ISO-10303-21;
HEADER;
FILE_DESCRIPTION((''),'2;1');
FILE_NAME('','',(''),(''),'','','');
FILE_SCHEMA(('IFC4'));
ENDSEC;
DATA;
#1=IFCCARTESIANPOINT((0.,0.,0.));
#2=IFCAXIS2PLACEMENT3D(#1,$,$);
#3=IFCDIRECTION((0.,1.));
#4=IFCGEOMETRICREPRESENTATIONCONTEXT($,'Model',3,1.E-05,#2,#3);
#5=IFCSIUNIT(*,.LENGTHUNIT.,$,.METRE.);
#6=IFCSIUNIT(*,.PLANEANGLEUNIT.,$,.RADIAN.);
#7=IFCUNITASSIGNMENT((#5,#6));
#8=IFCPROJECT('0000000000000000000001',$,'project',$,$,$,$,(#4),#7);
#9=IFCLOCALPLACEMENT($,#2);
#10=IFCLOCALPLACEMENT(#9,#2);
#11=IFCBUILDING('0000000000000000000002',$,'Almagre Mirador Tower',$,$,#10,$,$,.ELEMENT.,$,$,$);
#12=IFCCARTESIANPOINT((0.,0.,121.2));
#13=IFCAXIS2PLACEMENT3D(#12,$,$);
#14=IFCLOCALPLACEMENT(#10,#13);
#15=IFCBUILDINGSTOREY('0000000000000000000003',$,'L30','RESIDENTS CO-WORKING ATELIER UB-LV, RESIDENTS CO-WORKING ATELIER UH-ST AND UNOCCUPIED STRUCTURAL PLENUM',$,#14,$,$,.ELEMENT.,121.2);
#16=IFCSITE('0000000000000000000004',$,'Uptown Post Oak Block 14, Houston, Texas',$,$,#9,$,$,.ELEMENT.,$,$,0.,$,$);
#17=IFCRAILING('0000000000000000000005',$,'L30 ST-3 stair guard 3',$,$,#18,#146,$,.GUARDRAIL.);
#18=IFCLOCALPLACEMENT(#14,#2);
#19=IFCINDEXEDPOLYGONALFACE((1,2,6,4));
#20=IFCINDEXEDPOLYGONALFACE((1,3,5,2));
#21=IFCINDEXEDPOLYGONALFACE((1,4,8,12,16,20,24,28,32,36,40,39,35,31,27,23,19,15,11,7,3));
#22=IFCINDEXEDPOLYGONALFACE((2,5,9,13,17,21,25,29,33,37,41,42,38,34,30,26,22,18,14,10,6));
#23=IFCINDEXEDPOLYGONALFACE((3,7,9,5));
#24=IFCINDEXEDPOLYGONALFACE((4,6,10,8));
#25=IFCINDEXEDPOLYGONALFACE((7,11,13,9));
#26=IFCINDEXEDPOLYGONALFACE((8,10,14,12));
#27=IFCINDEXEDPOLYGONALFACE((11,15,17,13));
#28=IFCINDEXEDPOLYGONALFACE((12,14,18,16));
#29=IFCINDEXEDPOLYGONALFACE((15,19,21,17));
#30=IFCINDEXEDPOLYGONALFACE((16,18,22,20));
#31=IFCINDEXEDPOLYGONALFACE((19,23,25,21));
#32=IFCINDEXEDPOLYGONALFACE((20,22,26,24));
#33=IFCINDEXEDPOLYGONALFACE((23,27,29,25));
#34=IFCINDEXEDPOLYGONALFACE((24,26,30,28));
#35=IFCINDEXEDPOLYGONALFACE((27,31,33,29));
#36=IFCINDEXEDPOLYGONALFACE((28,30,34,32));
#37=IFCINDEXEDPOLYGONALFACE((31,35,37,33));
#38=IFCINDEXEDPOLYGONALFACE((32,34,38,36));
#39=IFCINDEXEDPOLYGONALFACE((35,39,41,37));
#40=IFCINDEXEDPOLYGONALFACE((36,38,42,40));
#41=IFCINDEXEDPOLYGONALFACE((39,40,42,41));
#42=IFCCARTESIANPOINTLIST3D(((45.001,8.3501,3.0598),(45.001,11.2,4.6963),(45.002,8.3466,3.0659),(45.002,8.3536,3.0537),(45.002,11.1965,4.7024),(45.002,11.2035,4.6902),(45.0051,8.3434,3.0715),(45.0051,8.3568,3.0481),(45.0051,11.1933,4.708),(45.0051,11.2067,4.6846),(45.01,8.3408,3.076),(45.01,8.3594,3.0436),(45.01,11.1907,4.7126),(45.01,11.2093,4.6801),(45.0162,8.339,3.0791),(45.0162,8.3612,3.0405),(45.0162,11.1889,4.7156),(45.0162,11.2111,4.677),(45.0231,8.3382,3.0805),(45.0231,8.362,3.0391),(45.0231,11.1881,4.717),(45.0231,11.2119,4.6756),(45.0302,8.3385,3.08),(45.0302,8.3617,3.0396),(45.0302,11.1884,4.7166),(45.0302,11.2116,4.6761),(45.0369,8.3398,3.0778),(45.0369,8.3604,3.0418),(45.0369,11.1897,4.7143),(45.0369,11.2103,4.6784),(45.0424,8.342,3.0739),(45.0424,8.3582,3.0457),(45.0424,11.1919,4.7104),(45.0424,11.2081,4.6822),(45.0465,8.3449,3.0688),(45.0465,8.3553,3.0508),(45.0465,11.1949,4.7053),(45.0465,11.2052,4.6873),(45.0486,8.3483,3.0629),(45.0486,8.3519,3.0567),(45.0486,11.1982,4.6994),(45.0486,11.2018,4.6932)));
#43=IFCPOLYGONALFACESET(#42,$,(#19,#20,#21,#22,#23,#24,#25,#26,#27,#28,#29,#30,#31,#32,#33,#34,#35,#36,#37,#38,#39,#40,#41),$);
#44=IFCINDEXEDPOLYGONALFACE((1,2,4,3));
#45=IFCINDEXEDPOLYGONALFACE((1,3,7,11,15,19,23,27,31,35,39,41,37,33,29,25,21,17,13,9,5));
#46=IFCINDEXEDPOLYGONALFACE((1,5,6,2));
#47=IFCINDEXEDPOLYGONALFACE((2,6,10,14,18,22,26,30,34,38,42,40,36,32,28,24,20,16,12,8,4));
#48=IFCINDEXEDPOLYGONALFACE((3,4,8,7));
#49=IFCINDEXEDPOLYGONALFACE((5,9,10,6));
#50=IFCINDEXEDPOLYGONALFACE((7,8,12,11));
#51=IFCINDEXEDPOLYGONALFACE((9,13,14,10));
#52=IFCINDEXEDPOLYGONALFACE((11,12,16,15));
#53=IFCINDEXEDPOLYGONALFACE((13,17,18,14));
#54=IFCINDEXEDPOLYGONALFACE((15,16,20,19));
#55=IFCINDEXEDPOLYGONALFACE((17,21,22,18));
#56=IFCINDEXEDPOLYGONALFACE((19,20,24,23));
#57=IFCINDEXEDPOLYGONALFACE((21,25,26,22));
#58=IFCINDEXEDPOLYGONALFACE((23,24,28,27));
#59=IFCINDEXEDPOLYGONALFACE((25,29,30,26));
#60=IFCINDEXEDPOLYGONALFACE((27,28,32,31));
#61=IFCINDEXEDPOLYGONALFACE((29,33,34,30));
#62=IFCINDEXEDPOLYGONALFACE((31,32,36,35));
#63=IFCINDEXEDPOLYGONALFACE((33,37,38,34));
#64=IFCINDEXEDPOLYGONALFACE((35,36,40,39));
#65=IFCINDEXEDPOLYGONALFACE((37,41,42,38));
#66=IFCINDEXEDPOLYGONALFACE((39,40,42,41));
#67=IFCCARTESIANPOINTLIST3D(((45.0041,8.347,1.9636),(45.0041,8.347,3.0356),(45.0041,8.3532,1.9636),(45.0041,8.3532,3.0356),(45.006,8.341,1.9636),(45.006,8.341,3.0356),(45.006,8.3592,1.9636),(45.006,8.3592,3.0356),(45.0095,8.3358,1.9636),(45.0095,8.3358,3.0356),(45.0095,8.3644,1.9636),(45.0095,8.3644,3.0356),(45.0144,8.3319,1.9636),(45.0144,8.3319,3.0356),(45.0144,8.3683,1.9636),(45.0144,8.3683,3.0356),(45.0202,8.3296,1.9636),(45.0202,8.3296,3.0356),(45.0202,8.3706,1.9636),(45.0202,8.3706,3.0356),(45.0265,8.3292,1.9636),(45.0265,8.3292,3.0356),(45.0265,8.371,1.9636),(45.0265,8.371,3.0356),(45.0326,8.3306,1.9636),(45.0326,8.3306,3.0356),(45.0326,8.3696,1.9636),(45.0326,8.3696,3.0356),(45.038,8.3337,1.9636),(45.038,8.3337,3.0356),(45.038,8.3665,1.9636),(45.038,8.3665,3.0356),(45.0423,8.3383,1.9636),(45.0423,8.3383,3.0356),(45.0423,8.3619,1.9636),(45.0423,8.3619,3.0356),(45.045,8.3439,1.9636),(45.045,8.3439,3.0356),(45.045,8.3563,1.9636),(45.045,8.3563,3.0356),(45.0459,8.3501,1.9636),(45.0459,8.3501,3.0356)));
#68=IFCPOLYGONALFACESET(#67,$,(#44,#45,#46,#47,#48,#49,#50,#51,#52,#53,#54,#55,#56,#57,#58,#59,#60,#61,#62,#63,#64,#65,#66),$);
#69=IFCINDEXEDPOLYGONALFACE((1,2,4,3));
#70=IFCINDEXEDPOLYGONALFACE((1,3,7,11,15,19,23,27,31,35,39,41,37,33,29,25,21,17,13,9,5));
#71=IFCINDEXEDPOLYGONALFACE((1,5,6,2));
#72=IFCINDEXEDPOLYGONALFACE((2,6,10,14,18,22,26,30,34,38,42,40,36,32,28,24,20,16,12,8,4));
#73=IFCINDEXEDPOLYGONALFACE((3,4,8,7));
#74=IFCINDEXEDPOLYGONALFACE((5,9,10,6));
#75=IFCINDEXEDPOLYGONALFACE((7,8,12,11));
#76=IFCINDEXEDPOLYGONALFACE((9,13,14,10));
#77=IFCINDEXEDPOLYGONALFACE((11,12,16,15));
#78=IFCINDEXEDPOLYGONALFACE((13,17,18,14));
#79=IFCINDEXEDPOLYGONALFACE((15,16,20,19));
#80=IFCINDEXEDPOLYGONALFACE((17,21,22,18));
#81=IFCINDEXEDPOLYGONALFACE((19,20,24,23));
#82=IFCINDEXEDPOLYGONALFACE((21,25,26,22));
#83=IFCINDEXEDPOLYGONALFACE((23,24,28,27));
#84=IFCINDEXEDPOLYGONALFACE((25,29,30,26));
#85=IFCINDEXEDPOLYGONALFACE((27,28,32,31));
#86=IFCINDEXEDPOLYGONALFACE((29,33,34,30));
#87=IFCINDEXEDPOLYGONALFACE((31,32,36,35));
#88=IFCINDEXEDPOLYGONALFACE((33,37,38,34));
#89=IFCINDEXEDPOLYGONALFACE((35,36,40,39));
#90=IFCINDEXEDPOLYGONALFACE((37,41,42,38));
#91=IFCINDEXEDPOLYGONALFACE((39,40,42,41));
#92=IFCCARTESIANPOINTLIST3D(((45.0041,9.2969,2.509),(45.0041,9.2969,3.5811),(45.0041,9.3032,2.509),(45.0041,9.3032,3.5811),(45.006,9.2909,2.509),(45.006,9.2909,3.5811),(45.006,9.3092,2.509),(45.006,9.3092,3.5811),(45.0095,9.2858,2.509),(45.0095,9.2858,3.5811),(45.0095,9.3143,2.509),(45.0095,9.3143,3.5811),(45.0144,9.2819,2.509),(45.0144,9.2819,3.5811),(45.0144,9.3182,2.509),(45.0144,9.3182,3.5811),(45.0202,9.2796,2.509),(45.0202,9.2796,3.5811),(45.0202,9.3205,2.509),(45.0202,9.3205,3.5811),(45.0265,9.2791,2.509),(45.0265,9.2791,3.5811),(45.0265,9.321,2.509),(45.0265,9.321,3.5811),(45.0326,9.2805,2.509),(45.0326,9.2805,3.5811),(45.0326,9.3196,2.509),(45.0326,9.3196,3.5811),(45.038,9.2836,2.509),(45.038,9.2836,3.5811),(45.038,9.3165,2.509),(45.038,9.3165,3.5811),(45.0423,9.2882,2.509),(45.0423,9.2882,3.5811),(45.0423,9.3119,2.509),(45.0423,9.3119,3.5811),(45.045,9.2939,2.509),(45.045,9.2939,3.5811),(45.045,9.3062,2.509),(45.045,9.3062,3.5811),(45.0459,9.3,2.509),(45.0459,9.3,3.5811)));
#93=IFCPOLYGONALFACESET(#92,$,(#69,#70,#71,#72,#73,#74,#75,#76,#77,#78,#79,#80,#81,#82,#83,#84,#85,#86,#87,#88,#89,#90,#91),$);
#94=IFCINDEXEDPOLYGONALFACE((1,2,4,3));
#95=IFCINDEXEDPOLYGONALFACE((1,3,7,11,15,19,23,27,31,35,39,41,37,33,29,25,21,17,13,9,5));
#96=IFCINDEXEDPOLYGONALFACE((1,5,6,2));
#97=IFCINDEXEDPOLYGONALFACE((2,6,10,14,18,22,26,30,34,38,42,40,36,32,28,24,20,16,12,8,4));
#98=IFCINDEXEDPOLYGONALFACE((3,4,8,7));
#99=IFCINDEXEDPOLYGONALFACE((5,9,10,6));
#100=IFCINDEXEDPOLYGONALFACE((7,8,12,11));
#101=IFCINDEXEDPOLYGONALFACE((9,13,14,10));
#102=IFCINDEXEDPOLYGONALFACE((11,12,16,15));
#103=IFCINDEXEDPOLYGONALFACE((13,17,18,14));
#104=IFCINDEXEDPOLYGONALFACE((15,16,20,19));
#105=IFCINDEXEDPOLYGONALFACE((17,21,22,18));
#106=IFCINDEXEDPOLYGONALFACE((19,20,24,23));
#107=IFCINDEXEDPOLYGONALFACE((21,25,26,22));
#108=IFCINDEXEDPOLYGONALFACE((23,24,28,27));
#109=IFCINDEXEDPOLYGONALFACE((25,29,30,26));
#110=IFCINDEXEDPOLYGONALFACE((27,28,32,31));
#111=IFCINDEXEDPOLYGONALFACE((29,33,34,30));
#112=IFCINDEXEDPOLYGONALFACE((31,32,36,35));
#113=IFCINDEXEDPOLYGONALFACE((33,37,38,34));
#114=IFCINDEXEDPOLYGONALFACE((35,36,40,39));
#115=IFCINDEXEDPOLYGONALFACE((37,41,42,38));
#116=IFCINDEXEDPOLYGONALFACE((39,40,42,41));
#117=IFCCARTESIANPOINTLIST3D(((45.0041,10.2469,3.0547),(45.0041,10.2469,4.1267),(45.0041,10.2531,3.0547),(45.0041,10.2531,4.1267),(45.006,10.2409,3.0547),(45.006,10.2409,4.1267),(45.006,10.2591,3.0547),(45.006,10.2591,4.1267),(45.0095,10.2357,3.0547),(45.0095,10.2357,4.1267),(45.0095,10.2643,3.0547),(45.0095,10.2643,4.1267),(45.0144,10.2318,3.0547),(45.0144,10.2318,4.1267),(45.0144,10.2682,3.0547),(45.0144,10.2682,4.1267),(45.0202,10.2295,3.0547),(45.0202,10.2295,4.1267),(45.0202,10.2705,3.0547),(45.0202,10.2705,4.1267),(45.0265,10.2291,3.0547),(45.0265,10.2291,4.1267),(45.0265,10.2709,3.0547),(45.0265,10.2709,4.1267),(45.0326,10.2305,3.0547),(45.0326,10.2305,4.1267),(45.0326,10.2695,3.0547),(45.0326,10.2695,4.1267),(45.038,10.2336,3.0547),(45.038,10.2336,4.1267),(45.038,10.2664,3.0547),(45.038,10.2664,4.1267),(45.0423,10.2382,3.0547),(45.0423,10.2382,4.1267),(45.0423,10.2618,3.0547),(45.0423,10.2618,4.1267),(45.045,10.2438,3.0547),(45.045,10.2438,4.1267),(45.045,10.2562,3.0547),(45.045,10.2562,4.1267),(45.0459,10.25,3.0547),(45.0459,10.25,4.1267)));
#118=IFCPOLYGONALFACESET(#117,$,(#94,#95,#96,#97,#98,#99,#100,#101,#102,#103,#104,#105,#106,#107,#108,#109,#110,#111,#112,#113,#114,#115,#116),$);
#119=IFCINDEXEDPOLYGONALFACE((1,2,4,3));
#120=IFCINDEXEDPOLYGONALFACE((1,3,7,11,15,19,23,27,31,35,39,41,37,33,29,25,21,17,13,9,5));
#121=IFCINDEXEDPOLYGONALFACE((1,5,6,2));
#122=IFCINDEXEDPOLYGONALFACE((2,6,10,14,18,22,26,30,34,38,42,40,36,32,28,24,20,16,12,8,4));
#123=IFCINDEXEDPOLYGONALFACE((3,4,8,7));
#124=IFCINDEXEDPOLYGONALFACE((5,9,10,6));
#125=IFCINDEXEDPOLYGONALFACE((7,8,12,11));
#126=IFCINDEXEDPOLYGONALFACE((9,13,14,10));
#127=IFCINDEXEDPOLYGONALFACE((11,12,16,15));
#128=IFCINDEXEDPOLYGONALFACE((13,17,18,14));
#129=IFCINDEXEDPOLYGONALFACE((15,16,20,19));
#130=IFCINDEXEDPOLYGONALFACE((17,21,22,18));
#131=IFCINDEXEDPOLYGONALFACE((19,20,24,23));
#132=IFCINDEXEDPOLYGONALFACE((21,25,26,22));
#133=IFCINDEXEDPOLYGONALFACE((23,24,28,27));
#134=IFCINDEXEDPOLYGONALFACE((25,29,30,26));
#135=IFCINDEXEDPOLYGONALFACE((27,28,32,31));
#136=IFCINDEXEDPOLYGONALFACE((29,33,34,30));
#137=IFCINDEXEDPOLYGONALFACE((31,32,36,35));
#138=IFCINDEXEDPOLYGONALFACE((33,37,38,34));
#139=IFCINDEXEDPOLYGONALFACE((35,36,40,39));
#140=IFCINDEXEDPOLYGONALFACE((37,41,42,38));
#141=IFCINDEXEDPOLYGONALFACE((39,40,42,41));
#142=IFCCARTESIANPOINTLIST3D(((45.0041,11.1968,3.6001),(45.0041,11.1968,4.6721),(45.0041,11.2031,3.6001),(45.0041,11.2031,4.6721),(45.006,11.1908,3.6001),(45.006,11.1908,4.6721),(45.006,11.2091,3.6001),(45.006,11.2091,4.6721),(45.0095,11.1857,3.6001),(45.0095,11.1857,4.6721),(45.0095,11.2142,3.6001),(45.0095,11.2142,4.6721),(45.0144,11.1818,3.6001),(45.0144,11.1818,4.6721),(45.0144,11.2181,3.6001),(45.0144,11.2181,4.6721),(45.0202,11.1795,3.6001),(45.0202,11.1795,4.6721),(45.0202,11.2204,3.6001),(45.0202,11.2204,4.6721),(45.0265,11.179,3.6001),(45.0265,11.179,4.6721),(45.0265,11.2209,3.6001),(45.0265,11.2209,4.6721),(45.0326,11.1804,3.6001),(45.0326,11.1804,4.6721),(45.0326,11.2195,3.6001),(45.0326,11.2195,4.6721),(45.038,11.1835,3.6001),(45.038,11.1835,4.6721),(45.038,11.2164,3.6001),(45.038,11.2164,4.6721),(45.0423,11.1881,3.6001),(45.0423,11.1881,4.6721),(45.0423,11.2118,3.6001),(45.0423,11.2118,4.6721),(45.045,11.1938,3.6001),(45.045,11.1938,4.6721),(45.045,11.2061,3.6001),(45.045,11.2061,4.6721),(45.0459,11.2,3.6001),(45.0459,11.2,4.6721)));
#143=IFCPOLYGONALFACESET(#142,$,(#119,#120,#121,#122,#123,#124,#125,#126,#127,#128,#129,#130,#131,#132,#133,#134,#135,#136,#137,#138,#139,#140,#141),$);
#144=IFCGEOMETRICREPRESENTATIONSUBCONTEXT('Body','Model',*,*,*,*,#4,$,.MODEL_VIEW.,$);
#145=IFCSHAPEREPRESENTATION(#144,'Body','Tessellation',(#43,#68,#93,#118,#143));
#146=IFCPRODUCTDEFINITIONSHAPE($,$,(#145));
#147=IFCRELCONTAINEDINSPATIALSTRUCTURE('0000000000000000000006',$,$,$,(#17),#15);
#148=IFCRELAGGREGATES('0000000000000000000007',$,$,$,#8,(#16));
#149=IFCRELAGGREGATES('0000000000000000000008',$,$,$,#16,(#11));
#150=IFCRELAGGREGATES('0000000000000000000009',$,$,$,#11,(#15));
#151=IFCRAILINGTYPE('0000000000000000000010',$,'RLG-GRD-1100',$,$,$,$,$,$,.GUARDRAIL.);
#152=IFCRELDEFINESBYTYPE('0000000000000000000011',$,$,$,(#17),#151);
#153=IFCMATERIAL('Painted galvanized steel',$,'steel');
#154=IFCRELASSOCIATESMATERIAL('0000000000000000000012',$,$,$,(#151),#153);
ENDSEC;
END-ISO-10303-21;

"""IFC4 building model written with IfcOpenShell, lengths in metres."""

from ifc_helpers import new_model, si_unit, direction, frame, origin, origin_2d, place, context, subcontext, project, spatial, circle, extrude, material, type_object, element, save


model = new_model("IFC4")

# Units and contexts
model_context = context("Model", 3, precision=1e-05, world=origin(), true_north=direction((0.0, 1.0)))
body_context = subcontext(model_context, "Body", "Model", "MODEL_VIEW")
ifc_project = project(units=[si_unit("LENGTHUNIT", "METRE"), si_unit("PLANEANGLEUNIT", "RADIAN")], contexts=[model_context])

# Site, building, storey
site_placement = place(None, origin())
site = spatial("IfcSite", under=ifc_project, at=site_placement, Name="Uptown Post Oak Block 14, Houston, Texas", CompositionType="ELEMENT", RefElevation=0.0)
building_placement = place(site_placement, origin())
building = spatial("IfcBuilding", under=site, at=building_placement, Name="Almagre Mirador Tower", CompositionType="ELEMENT")
storey_placement = place(building_placement, frame((0.0, 0.0, 121.2)))
storey = spatial("IfcBuildingStorey", under=building, at=storey_placement, Name="L30", Description="RESIDENTS CO-WORKING ATELIER UB-LV, RESIDENTS CO-WORKING ATELIER UH-ST AND UNOCCUPIED STRUCTURAL PLENUM", CompositionType="ELEMENT", Elevation=121.2)

# Railing
ifc_material_1 = material(Name="Painted galvanized steel", Category="steel")
railing_type_1 = type_object("IfcRailingType", Name="RLG-GRD-1100", PredefinedType="GUARDRAIL", material=ifc_material_1)
railing_1_placement = place(storey_placement, frame((45.0249, 8.3501, 1.9636)))
element("IfcRailing", 1, at=railing_1_placement, inside=storey, type_object=railing_type_1, Name="L30 ST-3 stair guard 3", PredefinedType="GUARDRAIL", context=body_context, shape_type="SweptSolid", body=[
    extrude(circle(Radius=0.0239, at=origin_2d()), frame((0.0, 0.0, 1.0962), z_axis=(0.0, 0.867194, 0.49797), x_axis=(-1.0, 0.0, 0.0)), (0.0, 0.0, 1.0), 3.2864),
    extrude(circle(Radius=0.021, at=origin_2d()), origin(), (0.0, 0.0, 1.0), 1.072),
    extrude(circle(Radius=0.021, at=origin_2d()), frame((0.0, 0.95, 0.5454)), (0.0, 0.0, 1.0), 1.072),
    extrude(circle(Radius=0.021, at=origin_2d()), frame((0.0, 1.8999, 1.0911)), (0.0, 0.0, 1.0), 1.072),
    extrude(circle(Radius=0.021, at=origin_2d()), frame((0.0, 2.8499, 1.6365)), (0.0, 0.0, 1.0), 1.072),
])

save(model, "model.ifc")
